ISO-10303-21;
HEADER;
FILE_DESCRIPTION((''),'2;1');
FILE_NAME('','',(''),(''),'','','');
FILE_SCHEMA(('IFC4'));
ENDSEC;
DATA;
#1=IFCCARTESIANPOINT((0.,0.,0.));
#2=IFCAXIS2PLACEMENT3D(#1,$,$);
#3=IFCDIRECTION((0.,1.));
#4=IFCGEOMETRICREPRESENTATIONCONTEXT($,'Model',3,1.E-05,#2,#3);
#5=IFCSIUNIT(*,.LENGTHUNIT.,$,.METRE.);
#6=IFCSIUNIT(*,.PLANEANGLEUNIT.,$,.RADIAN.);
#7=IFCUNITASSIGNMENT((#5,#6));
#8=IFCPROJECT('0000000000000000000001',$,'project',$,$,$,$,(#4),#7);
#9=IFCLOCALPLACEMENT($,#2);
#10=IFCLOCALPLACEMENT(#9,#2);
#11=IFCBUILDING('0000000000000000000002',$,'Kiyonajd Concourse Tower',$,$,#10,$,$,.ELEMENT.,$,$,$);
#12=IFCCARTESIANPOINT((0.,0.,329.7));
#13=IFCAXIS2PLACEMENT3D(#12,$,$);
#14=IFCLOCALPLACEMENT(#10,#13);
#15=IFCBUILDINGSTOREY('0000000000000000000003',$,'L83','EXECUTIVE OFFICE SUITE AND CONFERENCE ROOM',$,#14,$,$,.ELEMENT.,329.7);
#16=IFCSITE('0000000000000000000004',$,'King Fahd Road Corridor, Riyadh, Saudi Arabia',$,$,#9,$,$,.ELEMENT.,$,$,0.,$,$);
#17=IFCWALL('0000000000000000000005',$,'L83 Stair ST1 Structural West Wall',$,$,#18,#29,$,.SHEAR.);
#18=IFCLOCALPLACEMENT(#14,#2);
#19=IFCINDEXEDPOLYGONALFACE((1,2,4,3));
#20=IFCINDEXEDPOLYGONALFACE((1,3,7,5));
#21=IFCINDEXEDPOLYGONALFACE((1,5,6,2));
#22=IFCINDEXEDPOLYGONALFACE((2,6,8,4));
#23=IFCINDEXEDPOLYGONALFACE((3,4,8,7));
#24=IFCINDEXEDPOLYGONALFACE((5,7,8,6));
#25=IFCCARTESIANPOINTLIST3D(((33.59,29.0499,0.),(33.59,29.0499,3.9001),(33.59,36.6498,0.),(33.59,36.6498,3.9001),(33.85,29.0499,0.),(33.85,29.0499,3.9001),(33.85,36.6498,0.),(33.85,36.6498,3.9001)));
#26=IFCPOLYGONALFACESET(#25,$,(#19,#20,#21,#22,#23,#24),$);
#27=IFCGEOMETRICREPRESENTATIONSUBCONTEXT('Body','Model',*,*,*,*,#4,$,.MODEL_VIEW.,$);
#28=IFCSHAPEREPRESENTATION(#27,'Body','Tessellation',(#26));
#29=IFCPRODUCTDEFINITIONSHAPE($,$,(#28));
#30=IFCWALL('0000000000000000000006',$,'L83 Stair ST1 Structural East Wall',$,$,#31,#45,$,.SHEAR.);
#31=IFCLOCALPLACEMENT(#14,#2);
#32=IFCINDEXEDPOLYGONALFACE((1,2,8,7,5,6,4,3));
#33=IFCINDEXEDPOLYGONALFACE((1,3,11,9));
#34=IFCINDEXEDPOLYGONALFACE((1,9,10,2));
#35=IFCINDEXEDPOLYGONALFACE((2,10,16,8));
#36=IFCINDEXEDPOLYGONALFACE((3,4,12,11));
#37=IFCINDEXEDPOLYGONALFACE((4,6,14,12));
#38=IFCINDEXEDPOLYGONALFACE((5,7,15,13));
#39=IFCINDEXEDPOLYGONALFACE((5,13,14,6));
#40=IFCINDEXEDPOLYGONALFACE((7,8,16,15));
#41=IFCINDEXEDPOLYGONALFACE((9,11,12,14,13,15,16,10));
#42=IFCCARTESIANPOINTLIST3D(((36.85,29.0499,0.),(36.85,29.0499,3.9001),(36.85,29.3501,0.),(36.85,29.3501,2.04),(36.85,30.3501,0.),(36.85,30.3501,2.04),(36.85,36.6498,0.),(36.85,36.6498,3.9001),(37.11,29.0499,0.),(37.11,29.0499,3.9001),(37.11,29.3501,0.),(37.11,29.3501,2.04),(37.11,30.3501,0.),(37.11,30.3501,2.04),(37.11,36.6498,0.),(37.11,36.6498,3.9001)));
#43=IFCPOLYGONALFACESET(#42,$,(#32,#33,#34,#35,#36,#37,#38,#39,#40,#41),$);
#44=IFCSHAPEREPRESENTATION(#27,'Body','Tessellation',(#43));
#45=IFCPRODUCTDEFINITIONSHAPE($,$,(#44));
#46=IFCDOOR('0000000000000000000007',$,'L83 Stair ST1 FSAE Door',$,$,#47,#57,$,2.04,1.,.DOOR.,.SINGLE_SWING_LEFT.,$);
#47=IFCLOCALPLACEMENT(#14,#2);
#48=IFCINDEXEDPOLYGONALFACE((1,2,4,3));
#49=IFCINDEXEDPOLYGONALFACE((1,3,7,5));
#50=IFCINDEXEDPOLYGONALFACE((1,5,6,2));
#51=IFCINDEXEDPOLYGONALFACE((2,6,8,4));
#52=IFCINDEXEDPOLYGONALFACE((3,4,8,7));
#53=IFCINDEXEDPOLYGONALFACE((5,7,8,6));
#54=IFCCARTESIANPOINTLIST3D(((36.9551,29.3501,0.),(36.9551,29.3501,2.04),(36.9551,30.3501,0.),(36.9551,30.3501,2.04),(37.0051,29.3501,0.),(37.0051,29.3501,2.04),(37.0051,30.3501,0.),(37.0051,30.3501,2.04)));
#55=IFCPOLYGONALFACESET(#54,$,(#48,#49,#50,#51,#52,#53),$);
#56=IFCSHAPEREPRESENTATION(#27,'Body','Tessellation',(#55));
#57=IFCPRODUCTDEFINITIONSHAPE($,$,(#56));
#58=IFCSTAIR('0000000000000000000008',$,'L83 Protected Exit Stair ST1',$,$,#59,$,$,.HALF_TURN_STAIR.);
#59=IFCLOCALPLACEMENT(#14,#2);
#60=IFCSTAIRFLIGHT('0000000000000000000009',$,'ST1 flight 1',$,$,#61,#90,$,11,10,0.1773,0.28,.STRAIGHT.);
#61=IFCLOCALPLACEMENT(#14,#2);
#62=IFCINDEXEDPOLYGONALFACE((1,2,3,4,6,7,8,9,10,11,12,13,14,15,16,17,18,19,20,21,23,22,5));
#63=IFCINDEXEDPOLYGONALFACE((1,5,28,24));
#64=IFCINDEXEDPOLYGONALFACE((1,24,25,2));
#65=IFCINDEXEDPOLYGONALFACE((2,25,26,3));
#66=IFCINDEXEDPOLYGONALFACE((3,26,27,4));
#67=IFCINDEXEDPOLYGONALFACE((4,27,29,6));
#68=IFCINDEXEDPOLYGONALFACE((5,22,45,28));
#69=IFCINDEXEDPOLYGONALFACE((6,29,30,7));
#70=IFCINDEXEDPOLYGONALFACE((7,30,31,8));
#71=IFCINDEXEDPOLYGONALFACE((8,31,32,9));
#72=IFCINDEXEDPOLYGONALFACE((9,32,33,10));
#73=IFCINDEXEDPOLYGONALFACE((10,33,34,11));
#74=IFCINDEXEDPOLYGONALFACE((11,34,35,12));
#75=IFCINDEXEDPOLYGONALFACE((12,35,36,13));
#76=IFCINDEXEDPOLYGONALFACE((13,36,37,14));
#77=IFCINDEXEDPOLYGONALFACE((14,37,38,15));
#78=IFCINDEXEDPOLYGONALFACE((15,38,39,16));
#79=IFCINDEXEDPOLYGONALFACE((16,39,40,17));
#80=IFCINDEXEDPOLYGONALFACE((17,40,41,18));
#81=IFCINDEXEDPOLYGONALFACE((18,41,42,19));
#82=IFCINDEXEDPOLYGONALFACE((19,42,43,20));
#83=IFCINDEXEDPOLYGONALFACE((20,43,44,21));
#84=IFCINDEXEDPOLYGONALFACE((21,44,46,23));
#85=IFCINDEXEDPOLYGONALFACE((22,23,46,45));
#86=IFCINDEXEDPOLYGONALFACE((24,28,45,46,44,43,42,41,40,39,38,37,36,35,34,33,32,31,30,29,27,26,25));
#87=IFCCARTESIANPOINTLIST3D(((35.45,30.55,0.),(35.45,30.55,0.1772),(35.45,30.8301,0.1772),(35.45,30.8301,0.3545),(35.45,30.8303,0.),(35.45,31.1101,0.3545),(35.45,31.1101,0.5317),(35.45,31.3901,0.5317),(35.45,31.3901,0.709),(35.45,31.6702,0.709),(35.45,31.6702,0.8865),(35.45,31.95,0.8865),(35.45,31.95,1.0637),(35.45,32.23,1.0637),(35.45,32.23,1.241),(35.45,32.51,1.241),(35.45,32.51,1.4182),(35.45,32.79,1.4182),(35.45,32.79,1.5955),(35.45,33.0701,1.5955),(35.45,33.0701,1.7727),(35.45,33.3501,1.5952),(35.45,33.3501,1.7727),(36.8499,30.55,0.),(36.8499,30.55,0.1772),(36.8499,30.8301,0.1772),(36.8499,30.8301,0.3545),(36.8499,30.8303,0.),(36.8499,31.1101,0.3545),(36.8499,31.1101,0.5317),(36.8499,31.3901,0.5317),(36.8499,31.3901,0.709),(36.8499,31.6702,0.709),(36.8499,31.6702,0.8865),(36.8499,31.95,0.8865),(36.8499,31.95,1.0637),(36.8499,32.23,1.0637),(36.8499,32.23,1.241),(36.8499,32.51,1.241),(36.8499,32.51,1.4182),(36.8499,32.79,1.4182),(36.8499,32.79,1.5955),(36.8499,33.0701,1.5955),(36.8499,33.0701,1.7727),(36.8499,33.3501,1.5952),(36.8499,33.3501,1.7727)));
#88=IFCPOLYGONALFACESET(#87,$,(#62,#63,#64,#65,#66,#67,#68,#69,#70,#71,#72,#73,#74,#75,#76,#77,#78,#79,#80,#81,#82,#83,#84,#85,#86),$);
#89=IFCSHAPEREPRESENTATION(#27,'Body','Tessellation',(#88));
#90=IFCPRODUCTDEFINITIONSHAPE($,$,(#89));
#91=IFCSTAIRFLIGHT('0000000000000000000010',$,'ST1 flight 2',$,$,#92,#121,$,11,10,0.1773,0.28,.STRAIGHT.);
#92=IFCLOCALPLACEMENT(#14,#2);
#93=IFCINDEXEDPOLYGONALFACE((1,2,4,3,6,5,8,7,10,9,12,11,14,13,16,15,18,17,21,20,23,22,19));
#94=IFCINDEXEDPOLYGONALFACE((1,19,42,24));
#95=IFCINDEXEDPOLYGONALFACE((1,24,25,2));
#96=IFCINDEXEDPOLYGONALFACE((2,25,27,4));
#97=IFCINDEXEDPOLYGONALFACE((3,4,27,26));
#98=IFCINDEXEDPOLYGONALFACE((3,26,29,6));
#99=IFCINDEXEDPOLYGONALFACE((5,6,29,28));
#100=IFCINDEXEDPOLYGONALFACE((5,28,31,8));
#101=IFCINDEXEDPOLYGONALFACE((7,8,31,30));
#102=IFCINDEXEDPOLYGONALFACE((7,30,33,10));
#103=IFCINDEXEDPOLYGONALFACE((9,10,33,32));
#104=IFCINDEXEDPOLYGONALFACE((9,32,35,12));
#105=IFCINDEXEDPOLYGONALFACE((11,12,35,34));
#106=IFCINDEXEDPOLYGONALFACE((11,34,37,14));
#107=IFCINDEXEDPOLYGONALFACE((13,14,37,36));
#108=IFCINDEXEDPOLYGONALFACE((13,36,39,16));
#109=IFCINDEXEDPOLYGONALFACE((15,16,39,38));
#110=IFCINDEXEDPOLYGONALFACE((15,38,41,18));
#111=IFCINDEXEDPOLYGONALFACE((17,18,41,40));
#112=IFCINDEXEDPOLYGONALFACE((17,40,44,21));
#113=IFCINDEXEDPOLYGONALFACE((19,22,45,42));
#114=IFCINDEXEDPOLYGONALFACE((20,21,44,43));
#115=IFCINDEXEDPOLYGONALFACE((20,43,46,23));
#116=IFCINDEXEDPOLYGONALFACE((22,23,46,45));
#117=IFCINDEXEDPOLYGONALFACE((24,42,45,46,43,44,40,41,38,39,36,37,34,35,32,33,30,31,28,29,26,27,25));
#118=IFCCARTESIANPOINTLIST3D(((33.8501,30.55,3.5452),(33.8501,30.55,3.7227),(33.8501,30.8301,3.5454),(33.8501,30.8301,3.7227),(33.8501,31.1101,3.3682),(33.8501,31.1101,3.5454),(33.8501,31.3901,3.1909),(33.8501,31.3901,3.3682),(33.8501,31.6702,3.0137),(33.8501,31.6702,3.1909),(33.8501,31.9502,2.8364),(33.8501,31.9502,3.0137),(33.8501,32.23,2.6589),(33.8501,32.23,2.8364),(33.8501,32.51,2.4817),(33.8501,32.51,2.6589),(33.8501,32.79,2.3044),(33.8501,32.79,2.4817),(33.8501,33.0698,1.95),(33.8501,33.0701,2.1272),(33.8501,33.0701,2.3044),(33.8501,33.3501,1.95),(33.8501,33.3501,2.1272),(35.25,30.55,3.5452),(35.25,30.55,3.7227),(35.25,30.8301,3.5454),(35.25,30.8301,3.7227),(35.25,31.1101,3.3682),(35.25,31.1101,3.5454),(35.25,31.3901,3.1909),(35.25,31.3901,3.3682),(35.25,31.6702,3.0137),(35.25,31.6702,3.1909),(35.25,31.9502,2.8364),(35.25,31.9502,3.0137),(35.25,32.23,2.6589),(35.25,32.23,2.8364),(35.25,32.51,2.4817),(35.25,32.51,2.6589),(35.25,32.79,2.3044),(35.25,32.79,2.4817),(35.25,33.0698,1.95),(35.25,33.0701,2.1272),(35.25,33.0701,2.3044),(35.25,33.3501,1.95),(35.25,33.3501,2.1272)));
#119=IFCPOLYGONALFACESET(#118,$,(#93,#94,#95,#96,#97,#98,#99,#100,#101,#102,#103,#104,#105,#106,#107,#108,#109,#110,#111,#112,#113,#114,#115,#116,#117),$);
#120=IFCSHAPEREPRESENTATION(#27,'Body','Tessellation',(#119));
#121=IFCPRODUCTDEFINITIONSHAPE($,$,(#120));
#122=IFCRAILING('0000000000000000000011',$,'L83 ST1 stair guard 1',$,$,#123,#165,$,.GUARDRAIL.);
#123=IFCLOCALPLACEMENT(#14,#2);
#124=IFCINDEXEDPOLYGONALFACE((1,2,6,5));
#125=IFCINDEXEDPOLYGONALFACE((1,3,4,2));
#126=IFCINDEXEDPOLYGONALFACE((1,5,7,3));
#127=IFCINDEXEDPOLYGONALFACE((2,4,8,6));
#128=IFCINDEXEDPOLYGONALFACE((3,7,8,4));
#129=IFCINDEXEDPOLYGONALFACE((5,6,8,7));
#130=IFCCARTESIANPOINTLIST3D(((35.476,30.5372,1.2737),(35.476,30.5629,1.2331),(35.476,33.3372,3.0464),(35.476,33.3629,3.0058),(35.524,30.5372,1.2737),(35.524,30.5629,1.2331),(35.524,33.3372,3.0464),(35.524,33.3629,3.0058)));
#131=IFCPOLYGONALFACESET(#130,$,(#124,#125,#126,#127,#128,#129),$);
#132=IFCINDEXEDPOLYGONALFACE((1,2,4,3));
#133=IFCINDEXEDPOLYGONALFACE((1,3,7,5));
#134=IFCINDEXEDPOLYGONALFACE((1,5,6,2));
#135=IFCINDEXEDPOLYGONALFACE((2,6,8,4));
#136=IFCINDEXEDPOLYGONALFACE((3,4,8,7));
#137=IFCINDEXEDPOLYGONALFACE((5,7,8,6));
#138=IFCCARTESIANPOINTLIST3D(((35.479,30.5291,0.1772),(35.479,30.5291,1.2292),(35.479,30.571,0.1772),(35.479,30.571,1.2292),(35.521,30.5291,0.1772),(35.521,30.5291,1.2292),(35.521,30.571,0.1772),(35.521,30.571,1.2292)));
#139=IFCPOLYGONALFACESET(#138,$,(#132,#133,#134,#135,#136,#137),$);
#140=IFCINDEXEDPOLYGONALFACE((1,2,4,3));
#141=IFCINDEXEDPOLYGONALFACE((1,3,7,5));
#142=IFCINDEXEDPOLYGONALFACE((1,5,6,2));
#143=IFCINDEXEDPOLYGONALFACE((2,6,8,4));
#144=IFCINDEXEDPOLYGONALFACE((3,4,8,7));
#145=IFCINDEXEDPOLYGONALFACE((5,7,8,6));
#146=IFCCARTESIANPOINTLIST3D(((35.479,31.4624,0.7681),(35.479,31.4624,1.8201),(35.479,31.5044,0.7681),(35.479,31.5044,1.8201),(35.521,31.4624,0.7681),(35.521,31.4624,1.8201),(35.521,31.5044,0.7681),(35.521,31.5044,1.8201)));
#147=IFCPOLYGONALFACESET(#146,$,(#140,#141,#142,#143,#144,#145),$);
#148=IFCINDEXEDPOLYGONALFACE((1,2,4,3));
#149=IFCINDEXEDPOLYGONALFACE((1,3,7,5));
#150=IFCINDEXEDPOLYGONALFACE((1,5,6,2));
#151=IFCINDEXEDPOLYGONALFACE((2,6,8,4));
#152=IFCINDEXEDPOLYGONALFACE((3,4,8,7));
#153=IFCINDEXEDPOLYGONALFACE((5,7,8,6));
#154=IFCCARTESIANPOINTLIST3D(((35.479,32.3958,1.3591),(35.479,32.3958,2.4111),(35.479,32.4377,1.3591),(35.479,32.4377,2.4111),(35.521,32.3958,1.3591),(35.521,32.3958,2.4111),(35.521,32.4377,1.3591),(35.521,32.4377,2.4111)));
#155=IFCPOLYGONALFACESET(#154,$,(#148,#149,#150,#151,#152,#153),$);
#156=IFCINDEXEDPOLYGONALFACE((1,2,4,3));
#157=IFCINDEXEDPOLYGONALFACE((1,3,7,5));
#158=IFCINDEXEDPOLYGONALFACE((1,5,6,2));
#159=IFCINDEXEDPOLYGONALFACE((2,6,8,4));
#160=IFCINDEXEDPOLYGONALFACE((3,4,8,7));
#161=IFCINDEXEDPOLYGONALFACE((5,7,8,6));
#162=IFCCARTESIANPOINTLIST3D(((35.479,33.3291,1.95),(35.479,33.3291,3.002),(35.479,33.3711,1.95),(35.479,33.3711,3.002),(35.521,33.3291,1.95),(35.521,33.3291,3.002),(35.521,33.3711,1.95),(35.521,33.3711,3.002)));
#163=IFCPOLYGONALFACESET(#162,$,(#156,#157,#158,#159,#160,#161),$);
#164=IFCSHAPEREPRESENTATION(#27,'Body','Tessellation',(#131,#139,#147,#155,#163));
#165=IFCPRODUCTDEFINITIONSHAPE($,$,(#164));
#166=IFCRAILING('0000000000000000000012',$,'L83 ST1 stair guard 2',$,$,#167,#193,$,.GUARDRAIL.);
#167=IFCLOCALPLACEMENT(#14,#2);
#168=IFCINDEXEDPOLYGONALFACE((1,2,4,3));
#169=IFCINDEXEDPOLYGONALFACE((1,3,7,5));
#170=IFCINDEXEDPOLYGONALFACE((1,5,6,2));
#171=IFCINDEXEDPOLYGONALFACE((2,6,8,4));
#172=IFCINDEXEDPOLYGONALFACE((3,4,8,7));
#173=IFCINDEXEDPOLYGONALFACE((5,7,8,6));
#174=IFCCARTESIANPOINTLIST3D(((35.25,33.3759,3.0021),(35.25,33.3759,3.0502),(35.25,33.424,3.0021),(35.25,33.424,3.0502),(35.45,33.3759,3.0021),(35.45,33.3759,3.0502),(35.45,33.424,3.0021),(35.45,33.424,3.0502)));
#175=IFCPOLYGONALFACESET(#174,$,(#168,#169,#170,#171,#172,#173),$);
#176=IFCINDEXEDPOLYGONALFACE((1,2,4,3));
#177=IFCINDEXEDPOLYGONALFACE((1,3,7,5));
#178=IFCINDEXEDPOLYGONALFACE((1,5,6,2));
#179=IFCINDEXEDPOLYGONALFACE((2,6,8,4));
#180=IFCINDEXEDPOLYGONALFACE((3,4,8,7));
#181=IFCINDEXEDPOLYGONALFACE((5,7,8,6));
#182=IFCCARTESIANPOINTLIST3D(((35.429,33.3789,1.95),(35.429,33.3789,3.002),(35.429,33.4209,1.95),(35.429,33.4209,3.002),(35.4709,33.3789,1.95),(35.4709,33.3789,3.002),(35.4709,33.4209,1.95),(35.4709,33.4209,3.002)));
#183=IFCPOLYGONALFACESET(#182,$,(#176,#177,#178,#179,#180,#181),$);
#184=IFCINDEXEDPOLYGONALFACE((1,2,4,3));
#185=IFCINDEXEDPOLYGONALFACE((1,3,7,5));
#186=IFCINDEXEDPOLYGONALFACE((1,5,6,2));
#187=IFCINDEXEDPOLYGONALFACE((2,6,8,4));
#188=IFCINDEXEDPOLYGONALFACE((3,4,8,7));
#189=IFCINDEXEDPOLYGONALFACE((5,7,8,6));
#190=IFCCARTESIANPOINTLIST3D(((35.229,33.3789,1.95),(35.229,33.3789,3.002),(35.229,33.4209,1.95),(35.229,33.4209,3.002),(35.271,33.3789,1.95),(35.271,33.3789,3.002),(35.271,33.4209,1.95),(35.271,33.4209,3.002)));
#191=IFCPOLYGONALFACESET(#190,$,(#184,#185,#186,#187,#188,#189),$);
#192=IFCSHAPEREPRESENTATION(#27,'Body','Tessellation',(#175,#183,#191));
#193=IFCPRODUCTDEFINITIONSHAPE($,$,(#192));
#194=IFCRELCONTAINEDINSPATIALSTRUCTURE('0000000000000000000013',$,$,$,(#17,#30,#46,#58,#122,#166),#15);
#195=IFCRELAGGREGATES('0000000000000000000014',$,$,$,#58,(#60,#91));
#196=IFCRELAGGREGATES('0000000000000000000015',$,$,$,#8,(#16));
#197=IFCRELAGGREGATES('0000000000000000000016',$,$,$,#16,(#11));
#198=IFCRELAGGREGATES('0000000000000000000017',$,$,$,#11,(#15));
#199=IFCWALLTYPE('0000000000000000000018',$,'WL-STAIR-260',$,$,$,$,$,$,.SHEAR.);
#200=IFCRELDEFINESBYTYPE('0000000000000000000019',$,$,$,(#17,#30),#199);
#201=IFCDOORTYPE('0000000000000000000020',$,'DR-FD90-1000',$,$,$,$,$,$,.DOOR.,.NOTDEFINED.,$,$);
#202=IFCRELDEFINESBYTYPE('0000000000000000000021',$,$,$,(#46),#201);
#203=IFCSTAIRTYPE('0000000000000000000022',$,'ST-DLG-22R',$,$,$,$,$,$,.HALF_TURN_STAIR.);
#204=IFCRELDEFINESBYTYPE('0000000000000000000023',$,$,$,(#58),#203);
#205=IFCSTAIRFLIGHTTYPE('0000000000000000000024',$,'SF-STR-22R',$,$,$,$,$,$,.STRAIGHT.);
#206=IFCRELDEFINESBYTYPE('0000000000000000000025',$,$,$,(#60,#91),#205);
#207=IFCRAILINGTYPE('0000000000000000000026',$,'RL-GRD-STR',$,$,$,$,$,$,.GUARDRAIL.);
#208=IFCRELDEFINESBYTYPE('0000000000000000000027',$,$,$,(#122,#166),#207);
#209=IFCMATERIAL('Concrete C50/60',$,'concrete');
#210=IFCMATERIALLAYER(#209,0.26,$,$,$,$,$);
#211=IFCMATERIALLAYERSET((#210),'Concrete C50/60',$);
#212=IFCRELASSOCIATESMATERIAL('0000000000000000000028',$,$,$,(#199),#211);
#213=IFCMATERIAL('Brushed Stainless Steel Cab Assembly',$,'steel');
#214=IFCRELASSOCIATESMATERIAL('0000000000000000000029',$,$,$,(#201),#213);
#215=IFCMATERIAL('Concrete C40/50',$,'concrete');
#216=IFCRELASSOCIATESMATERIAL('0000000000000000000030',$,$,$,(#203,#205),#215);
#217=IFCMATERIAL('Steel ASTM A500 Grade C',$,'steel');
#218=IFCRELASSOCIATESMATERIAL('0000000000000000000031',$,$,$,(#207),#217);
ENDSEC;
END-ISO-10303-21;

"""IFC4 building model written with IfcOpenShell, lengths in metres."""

from ifc_helpers import new_model, si_unit, direction, frame, frame_2d, origin, origin_2d, place, context, subcontext, project, spatial, polyline, rectangle, outline, extrude, material, layer, layer_set, type_object, element, fill, aggregate, save


model = new_model("IFC4")

# Units and contexts
model_context = context("Model", 3, precision=1e-05, world=origin(), true_north=direction((0.0, 1.0)))
body_context = subcontext(model_context, "Body", "Model", "MODEL_VIEW")
ifc_project = project(units=[si_unit("LENGTHUNIT", "METRE"), si_unit("PLANEANGLEUNIT", "RADIAN")], contexts=[model_context])

# Site, building, storey
site_placement = place(None, origin())
site = spatial("IfcSite", under=ifc_project, at=site_placement, Name="King Fahd Road Corridor, Riyadh, Saudi Arabia", CompositionType="ELEMENT", RefElevation=0.0)
building_placement = place(site_placement, origin())
building = spatial("IfcBuilding", under=site, at=building_placement, Name="Kiyonajd Concourse Tower", CompositionType="ELEMENT")
storey_placement = place(building_placement, frame((0.0, 0.0, 329.7)))
storey = spatial("IfcBuildingStorey", under=building, at=storey_placement, Name="L83", Description="EXECUTIVE OFFICE SUITE AND CONFERENCE ROOM", CompositionType="ELEMENT", Elevation=329.7)

# Shared definitions
ifc_material_1 = material(Name="Concrete C50/60", Category="concrete")

# Shared definitions
ifc_material_2 = material(Name="Brushed Stainless Steel Cab Assembly", Category="steel")

# Wall
ifc_layer_1 = layer(ifc_material_1, 0.26)
ifc_layer_set_1 = layer_set([ifc_layer_1], Name="Concrete C50/60")
wall_type_1 = type_object("IfcWallType", Name="WL-STAIR-260", PredefinedType="SHEAR", material=ifc_layer_set_1)
wall_1_placement = place(storey_placement, frame((33.72, 29.05, 0.0), z_axis=(0.0, 0.0, 1.0), x_axis=(0.0, 1.0, 0.0)))
element("IfcWall", 1, at=wall_1_placement, inside=storey, type_object=wall_type_1, Name="L83 Stair ST1 Structural West Wall", PredefinedType="SHEAR", context=body_context, shape_type="SweptSolid", body=[
    extrude(rectangle(XDim=7.5999, YDim=0.26, at=frame_2d((3.7998, 0.0))), origin(), (0.0, 0.0, 1.0), 3.9001),
])

# Wall, opening, door
wall_2_placement = place(storey_placement, frame((36.98, 29.05, 0.0), z_axis=(0.0, 0.0, 1.0), x_axis=(0.0, 1.0, 0.0)))
wall_2 = element("IfcWall", 2, at=wall_2_placement, inside=storey, type_object=wall_type_1, Name="L83 Stair ST1 Structural East Wall", PredefinedType="SHEAR", context=body_context, shape_type="SweptSolid", body=[
    extrude(rectangle(XDim=7.5999, YDim=0.26, at=frame_2d((3.7998, 0.0))), origin(), (0.0, 0.0, 1.0), 3.9001),
])
opening_1_placement = place(wall_2_placement, frame((0.3, 0.0, 0.0)))
opening_1 = element("IfcOpeningElement", 3, at=opening_1_placement, cuts=wall_2, PredefinedType="OPENING", context=body_context, shape_type="SweptSolid", body=[
    extrude(rectangle(XDim=1.0, YDim=2.04, at=frame_2d((0.5, 1.02))), frame((0.0, 0.1399, 0.0), z_axis=(0.0, -1.0, 0.0), x_axis=(1.0, 0.0, 0.0)), (0.0, 0.0, 1.0), 0.28),
])
door_type_1 = type_object("IfcDoorType", Name="DR-FD90-1000", OperationType="NOTDEFINED", PredefinedType="DOOR", material=ifc_material_2)
door_1_placement = place(opening_1_placement, origin())
door_1 = element("IfcDoor", 4, at=door_1_placement, inside=storey, type_object=door_type_1, Name="L83 Stair ST1 FSAE Door", OperationType="SINGLE_SWING_LEFT", OverallHeight=2.04, OverallWidth=1.0, PredefinedType="DOOR", context=body_context, shape_type="SweptSolid", body=[
    extrude(rectangle(XDim=1.0, YDim=2.04, at=frame_2d((0.5, 1.02))), frame((0.0, 0.0249, 0.0), z_axis=(0.0, -1.0, 0.0), x_axis=(1.0, 0.0, 0.0)), (0.0, 0.0, 1.0), 0.05),
])
fill(opening_1, door_1)

# Stair, stair flights
ifc_material_3 = material(Name="Concrete C40/50", Category="concrete")
stair_type = type_object("IfcStairType", Name="ST-DLG-22R", PredefinedType="HALF_TURN_STAIR", material=ifc_material_3)
stair_placement = place(storey_placement, origin())
stair = element("IfcStair", 5, at=stair_placement, inside=storey, type_object=stair_type, Name="L83 Protected Exit Stair ST1", PredefinedType="HALF_TURN_STAIR")
stair_flight_type = type_object("IfcStairFlightType", Name="SF-STR-22R", PredefinedType="STRAIGHT", material=ifc_material_3)
stair_flight_1_placement = place(storey_placement, frame((36.1499, 30.55, 0.0), z_axis=(0.0, 0.0, 1.0), x_axis=(0.0, 1.0, 0.0)))
stair_flight_1 = element("IfcStairFlight", 6, at=stair_flight_1_placement, type_object=stair_flight_type, Name="ST1 flight 1", NumberOfRisers=11, NumberOfTreads=10, PredefinedType="STRAIGHT", RiserHeight=0.1773, TreadLength=0.28, context=body_context, shape_type="SweptSolid", body=[
    extrude(outline(polyline([(0.0, 0.0), (0.0, 0.1772), (0.28, 0.1772), (0.28, 0.3545), (0.5601, 0.3545), (0.5601, 0.5317), (0.8401, 0.5317), (0.8401, 0.709), (1.1201, 0.709), (1.1201, 0.8865), (1.3999, 0.8865), (1.3999, 1.0637), (1.6799, 1.0637), (1.6799, 1.241), (1.96, 1.241), (1.96, 1.4182), (2.24, 1.4182), (2.24, 1.5955), (2.52, 1.5955), (2.52, 1.7727), (2.8, 1.7727), (2.8, 1.95), (2.8, 1.5952), (0.2803, 0.0), (0.0, 0.0)])), frame((0.0, 0.7, 0.0), z_axis=(0.0, -1.0, 0.0), x_axis=(1.0, 0.0, 0.0)), (0.0, 0.0, 1.0), 1.3999),
])
stair_flight_2_placement = place(storey_placement, frame((34.55, 33.3501, 1.95), z_axis=(0.0, 0.0, 1.0), x_axis=(0.0, -1.0, 0.0)))
stair_flight_2 = element("IfcStairFlight", 7, at=stair_flight_2_placement, type_object=stair_flight_type, Name="ST1 flight 2", NumberOfRisers=11, NumberOfTreads=10, PredefinedType="STRAIGHT", RiserHeight=0.1773, TreadLength=0.28, context=body_context, shape_type="SweptSolid", body=[
    extrude(outline(polyline([(0.0, 0.0), (0.0, 0.1772), (0.28, 0.1772), (0.28, 0.3545), (0.5601, 0.3545), (0.5601, 0.5317), (0.8401, 0.5317), (0.8401, 0.709), (1.1201, 0.709), (1.1201, 0.8865), (1.3999, 0.8865), (1.3999, 1.0637), (1.6799, 1.0637), (1.6799, 1.241), (1.96, 1.241), (1.96, 1.4182), (2.24, 1.4182), (2.24, 1.5955), (2.52, 1.5955), (2.52, 1.7727), (2.8, 1.7727), (2.8, 1.95), (2.8, 1.5952), (0.2803, 0.0), (0.0, 0.0)])), frame((0.0, 0.7, 0.0), z_axis=(0.0, -1.0, 0.0), x_axis=(1.0, 0.0, 0.0)), (0.0, 0.0, 1.0), 1.3999),
])
aggregate(stair, [stair_flight_1, stair_flight_2])

# Railings
ifc_material_4 = material(Name="Steel ASTM A500 Grade C", Category="steel")
railing_type_1 = type_object("IfcRailingType", Name="RL-GRD-STR", PredefinedType="GUARDRAIL", material=ifc_material_4)
railing_1_placement = place(storey_placement, frame((35.5, 30.55, 0.1772)))
element("IfcRailing", 8, at=railing_1_placement, inside=storey, type_object=railing_type_1, Name="L83 ST1 stair guard 1", PredefinedType="GUARDRAIL", context=body_context, shape_type="SweptSolid", body=[
    extrude(rectangle(XDim=0.0481, YDim=0.0481, at=origin_2d()), frame((0.0, 0.0, 1.0762), z_axis=(0.0, 0.844909, 0.53491), x_axis=(-1.0, 0.0, 0.0)), (0.0, 0.0, 1.0), 3.314),
    extrude(rectangle(XDim=0.042, YDim=0.042, at=origin_2d()), origin(), (0.0, 0.0, 1.0), 1.052),
    extrude(rectangle(XDim=0.042, YDim=0.042, at=origin_2d()), frame((0.0, 0.9333, 0.5908)), (0.0, 0.0, 1.0), 1.052),
    extrude(rectangle(XDim=0.042, YDim=0.042, at=origin_2d()), frame((0.0, 1.8667, 1.1819)), (0.0, 0.0, 1.0), 1.052),
    extrude(rectangle(XDim=0.042, YDim=0.042, at=origin_2d()), frame((0.0, 2.8, 1.7727)), (0.0, 0.0, 1.0), 1.052),
])
railing_2_placement = place(storey_placement, frame((35.45, 33.3999, 1.95)))
element("IfcRailing", 9, at=railing_2_placement, inside=storey, type_object=railing_type_1, Name="L83 ST1 stair guard 2", PredefinedType="GUARDRAIL", context=body_context, shape_type="SweptSolid", body=[
    extrude(rectangle(XDim=0.0481, YDim=0.0481, at=origin_2d()), frame((0.0, 0.0, 1.0762), z_axis=(-1.0, 0.0, 0.0), x_axis=(0.0, -1.0, 0.0)), (0.0, 0.0, 1.0), 0.2),
    extrude(rectangle(XDim=0.042, YDim=0.042, at=origin_2d()), origin(), (0.0, 0.0, 1.0), 1.052),
    extrude(rectangle(XDim=0.042, YDim=0.042, at=origin_2d()), frame((-0.2, 0.0, 0.0)), (0.0, 0.0, 1.0), 1.052),
])

save(model, "model.ifc")
